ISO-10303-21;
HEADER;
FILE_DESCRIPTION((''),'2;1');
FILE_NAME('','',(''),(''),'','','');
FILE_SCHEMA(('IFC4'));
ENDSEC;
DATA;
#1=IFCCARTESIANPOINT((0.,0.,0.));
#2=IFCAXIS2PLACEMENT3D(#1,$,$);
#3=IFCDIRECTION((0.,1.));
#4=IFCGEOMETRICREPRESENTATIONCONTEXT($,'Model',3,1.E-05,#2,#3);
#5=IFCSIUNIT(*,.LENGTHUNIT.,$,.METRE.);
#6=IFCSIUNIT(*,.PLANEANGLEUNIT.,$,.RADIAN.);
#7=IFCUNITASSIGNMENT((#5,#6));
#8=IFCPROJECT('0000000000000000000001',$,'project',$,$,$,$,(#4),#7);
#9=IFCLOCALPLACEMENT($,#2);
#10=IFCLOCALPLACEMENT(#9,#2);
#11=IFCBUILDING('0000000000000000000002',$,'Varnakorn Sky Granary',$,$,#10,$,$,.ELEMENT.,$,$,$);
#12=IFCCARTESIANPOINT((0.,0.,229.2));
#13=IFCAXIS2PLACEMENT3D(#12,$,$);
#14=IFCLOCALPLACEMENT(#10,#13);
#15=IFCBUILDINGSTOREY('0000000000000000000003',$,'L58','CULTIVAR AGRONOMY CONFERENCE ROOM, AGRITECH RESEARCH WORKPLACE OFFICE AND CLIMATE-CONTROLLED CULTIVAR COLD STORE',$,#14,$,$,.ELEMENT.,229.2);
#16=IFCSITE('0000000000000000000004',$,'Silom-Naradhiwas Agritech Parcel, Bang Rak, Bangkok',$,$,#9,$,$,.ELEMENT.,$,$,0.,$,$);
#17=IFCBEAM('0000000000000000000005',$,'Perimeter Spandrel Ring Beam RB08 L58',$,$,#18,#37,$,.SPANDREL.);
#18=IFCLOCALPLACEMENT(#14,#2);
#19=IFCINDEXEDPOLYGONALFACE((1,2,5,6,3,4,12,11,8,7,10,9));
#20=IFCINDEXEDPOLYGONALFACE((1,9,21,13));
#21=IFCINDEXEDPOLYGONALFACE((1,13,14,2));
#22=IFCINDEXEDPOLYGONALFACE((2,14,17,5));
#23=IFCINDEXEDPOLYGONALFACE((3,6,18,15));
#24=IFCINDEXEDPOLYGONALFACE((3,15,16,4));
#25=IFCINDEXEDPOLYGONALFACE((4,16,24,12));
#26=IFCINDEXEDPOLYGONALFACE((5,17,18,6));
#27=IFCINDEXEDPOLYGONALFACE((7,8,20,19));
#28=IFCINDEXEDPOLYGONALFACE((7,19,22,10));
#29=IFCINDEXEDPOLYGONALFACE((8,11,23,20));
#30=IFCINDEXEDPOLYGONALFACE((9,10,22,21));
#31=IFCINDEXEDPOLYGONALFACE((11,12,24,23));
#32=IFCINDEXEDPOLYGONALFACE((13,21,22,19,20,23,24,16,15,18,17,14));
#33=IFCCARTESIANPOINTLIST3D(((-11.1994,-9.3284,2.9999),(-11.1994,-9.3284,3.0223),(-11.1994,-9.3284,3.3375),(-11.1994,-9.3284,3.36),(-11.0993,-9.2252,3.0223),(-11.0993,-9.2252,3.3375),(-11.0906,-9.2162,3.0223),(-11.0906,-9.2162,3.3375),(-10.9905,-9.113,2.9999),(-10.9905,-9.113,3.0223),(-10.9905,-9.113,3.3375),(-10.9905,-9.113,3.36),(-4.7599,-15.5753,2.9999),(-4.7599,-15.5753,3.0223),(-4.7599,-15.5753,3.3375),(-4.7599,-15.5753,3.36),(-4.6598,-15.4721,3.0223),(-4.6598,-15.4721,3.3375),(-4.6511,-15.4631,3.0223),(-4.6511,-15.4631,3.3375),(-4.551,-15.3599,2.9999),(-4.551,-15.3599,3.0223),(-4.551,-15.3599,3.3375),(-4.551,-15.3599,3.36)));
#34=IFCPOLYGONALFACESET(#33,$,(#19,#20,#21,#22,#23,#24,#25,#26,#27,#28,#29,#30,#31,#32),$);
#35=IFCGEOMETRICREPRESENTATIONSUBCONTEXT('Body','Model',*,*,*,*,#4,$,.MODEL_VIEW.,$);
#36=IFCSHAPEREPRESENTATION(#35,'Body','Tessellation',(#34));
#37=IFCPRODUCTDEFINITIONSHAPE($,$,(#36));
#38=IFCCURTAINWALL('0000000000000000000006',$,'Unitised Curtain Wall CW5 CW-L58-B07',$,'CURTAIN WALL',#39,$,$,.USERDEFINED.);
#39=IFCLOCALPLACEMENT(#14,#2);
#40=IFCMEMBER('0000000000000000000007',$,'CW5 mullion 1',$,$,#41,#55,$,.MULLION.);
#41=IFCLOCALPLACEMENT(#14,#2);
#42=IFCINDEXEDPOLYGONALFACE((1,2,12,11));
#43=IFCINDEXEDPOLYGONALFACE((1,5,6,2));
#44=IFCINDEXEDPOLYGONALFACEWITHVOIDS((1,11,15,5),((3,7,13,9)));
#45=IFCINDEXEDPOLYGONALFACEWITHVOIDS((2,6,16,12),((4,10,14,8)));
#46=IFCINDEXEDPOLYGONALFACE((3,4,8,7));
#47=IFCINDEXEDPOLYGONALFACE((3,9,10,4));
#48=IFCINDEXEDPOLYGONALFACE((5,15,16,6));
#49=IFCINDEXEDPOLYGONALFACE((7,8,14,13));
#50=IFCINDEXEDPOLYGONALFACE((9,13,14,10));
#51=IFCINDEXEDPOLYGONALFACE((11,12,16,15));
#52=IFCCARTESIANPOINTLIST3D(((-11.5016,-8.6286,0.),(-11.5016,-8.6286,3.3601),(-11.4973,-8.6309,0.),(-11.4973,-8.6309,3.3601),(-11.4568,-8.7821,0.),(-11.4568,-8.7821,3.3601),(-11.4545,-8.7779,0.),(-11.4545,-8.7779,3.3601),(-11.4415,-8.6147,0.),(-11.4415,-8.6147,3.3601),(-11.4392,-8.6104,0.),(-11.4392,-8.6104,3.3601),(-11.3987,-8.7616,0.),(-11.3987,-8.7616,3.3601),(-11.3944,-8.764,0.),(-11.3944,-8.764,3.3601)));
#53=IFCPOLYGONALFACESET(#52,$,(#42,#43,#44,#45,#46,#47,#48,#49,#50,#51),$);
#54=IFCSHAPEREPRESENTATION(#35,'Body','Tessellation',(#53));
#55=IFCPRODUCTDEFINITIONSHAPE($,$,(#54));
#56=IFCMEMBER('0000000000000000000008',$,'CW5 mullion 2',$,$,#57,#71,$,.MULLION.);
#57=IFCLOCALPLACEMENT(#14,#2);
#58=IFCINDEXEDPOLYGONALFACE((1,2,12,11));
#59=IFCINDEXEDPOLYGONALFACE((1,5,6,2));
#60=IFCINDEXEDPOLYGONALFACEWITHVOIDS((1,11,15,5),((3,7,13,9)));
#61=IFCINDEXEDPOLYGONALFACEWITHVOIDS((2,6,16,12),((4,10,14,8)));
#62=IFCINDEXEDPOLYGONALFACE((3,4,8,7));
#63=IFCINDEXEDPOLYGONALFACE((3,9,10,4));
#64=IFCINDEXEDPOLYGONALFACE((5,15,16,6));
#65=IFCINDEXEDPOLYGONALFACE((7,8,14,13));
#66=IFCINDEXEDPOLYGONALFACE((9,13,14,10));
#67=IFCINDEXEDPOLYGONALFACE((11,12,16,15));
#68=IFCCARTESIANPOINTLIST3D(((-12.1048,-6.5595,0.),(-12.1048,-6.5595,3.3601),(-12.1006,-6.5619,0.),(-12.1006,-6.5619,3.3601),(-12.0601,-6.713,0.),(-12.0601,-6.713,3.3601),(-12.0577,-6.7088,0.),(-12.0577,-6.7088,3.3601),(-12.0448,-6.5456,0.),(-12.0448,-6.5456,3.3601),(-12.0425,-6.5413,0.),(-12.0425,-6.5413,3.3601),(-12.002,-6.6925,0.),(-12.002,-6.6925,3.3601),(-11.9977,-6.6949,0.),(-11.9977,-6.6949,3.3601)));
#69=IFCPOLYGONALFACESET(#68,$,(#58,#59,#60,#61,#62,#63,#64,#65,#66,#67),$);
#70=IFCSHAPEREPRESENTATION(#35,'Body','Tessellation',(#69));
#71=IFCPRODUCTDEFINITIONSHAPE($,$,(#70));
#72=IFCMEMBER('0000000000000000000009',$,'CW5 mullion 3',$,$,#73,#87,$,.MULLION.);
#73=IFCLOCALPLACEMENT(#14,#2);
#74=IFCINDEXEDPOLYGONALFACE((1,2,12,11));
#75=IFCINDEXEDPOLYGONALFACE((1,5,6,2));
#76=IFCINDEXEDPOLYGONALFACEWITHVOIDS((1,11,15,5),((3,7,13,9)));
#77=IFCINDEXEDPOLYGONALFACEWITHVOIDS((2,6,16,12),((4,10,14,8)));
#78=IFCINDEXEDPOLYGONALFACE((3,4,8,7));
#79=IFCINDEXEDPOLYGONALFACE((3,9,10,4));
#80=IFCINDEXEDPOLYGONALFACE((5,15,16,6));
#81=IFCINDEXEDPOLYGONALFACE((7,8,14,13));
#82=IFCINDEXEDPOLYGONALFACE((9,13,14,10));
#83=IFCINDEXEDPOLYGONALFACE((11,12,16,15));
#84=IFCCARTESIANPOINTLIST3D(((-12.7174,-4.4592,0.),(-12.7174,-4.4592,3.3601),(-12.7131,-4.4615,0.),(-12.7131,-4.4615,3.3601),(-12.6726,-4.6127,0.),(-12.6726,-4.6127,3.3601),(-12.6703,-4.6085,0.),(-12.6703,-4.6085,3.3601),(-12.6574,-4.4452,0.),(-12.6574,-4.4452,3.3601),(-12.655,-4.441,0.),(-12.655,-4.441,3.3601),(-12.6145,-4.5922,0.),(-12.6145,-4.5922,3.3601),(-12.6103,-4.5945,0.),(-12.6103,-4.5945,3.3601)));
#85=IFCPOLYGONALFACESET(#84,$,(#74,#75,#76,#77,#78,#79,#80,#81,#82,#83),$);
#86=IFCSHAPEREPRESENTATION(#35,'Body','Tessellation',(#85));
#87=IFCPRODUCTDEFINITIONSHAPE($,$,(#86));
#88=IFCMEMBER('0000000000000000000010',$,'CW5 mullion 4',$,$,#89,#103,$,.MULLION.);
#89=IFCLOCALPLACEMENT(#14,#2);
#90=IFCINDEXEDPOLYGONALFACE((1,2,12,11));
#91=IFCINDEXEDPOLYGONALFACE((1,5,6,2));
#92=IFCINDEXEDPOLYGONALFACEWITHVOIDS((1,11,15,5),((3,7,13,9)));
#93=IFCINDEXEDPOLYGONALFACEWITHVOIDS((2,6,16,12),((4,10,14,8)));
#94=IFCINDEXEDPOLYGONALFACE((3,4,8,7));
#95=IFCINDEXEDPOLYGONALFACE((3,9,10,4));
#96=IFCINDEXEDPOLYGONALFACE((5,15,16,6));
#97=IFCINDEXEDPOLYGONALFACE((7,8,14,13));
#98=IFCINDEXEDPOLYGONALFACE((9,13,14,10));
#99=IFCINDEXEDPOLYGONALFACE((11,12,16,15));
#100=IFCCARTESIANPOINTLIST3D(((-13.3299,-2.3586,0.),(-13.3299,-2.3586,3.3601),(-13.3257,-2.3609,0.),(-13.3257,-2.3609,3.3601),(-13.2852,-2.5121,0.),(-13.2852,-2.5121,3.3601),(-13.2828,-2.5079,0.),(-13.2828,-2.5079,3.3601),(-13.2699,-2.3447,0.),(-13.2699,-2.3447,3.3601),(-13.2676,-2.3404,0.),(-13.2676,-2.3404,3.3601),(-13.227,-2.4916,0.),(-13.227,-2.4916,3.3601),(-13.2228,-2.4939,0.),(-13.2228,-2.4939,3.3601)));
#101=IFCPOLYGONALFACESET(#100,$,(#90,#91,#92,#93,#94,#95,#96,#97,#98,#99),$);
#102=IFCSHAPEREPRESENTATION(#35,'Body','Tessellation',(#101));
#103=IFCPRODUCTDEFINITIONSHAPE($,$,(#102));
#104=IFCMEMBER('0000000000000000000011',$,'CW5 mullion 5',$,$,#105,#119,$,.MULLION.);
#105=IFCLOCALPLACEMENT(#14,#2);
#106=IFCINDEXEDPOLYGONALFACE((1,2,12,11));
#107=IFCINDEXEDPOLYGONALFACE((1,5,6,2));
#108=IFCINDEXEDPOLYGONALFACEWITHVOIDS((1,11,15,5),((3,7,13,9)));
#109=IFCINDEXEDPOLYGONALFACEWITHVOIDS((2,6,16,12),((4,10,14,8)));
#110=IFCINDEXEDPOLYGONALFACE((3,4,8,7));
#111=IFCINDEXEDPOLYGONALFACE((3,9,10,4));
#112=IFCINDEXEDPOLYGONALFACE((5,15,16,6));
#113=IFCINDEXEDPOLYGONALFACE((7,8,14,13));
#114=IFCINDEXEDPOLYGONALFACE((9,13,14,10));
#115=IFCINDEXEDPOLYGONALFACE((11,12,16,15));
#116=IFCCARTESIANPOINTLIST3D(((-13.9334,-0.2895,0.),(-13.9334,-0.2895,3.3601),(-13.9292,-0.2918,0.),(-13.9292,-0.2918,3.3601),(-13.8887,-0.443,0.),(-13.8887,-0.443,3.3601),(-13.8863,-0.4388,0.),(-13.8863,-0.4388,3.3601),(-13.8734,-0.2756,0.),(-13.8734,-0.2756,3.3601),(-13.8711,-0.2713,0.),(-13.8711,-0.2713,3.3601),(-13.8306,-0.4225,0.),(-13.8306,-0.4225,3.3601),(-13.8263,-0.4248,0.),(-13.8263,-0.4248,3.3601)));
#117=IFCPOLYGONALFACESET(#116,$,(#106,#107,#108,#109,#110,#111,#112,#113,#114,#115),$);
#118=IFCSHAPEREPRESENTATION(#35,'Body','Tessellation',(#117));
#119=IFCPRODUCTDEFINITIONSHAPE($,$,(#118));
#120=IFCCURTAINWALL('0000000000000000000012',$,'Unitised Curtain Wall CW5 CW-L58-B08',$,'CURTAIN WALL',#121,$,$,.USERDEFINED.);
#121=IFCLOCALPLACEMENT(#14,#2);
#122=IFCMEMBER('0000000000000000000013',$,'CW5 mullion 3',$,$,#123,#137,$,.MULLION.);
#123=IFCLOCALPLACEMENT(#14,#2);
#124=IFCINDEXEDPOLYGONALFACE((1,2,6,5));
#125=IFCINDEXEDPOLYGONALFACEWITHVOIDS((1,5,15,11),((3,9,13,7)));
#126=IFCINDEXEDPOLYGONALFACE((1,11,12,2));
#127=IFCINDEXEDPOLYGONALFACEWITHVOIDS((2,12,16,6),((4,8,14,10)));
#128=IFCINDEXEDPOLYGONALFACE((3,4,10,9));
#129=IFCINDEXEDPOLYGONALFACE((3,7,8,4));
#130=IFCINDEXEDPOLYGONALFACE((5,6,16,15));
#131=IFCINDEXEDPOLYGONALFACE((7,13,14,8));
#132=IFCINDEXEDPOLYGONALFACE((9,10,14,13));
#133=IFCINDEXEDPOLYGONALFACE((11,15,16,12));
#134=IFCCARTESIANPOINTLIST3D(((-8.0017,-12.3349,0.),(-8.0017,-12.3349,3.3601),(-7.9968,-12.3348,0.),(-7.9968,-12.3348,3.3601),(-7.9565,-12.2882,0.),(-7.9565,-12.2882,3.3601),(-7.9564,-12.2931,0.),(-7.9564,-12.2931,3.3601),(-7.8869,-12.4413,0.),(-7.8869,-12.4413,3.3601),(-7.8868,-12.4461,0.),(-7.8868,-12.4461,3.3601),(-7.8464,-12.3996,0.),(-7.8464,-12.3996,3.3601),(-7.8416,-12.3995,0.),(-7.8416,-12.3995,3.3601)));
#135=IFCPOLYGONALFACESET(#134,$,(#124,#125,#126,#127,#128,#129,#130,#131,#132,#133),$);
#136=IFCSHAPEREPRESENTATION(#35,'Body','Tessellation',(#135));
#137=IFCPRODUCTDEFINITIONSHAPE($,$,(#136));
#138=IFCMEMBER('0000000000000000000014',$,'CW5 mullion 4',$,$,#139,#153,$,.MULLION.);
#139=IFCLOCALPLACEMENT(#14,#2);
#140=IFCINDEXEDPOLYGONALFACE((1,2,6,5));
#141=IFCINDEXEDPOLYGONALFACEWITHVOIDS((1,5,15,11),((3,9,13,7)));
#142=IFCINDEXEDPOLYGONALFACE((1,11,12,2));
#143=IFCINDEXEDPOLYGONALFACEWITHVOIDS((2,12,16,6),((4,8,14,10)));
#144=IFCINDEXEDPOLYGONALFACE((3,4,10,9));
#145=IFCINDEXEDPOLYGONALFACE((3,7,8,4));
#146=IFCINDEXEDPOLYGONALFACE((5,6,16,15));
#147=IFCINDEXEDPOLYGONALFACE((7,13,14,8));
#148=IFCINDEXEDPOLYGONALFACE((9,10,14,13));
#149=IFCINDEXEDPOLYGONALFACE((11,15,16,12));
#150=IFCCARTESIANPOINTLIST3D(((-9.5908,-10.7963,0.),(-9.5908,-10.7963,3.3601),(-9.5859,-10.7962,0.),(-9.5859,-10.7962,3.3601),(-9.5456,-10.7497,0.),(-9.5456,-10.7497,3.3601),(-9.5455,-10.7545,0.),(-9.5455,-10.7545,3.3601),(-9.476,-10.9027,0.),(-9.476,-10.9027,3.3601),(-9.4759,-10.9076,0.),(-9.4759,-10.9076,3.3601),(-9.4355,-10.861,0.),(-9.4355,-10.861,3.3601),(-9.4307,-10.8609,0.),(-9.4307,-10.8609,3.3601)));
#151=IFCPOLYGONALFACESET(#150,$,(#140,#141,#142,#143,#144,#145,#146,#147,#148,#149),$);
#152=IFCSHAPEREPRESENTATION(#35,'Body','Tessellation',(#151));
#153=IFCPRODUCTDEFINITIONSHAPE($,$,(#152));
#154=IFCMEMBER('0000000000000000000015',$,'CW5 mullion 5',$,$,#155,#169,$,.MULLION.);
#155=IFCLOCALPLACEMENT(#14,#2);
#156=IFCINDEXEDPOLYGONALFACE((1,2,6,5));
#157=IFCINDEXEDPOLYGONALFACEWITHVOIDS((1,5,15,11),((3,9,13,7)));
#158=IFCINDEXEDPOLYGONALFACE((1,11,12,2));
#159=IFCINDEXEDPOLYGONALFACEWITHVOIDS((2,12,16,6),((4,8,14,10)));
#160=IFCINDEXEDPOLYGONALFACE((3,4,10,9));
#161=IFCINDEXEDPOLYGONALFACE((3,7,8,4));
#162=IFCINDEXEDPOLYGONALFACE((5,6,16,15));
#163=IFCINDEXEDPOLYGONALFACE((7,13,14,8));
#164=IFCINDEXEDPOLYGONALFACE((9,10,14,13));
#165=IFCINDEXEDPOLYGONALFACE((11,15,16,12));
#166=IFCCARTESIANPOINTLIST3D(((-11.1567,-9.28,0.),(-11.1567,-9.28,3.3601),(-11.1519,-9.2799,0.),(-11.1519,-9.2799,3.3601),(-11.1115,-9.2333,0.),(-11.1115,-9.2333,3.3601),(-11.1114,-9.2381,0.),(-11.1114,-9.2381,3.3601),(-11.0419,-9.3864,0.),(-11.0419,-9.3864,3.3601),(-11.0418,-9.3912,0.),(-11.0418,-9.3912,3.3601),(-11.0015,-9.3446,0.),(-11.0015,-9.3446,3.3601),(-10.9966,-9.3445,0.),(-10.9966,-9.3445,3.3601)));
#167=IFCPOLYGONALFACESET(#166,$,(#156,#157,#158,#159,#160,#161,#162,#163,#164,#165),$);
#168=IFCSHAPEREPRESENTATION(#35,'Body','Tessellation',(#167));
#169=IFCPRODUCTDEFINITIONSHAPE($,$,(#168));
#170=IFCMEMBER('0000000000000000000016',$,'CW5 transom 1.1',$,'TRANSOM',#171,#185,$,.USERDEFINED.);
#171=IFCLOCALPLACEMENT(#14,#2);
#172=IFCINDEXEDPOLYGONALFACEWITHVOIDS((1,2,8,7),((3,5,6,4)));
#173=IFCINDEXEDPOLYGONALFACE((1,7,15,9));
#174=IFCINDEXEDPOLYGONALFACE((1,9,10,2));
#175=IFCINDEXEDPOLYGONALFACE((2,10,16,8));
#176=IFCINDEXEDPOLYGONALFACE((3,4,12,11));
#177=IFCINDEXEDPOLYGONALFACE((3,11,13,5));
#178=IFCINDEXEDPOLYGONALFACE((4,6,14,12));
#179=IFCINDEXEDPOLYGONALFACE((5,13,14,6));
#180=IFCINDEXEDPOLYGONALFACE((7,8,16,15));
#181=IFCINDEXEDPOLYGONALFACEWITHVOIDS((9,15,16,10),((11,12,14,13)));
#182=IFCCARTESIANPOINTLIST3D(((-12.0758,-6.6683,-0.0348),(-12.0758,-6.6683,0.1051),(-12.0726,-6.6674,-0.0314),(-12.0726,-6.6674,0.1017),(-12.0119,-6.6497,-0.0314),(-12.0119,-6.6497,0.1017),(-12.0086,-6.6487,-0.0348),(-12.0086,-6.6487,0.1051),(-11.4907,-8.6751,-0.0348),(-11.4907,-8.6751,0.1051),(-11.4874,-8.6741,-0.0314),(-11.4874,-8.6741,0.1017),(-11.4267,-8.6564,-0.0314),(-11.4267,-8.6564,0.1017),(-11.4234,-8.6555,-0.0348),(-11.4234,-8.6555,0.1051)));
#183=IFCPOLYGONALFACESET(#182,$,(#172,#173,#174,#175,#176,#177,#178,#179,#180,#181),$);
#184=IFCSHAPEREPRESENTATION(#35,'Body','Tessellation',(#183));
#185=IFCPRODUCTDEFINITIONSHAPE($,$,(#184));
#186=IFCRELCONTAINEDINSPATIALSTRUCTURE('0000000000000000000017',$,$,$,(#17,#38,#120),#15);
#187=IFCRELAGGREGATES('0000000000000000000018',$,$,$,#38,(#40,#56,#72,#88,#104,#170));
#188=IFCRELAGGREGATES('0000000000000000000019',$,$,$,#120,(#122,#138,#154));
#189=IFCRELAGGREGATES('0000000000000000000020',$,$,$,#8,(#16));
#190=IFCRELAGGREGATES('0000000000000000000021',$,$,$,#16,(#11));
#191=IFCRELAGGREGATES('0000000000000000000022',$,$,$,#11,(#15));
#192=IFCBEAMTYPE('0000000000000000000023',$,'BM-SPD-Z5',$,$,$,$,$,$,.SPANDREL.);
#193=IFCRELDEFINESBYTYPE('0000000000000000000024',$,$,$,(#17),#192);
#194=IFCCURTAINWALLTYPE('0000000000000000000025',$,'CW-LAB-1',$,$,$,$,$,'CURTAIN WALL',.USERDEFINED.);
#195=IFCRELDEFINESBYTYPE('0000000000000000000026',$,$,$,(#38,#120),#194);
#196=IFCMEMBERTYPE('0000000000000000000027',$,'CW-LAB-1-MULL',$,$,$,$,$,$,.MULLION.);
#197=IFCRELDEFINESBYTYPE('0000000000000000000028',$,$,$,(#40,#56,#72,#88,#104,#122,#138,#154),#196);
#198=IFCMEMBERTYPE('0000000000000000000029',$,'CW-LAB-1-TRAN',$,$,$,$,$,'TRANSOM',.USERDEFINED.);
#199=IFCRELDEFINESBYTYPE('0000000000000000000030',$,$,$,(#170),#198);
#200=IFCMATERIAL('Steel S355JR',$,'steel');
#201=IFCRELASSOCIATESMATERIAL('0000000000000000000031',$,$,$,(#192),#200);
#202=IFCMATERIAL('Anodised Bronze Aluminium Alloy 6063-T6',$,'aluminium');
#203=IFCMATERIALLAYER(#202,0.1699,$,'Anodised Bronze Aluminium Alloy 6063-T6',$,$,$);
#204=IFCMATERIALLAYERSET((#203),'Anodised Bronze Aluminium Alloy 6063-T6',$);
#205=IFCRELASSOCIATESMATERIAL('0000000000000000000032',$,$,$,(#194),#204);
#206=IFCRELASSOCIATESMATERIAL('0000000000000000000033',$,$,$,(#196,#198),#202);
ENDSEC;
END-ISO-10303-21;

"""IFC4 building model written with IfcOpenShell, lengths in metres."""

from ifc_helpers import new_model, si_unit, direction, frame, origin, origin_2d, place, context, subcontext, project, spatial, hollow_rectangle, i_section, extrude, material, layer, layer_set, material_profile, profile_set, type_object, element, aggregate, save


model = new_model("IFC4")

# Units and contexts
model_context = context("Model", 3, precision=1e-05, world=origin(), true_north=direction((0.0, 1.0)))
body_context = subcontext(model_context, "Body", "Model", "MODEL_VIEW")
ifc_project = project(units=[si_unit("LENGTHUNIT", "METRE"), si_unit("PLANEANGLEUNIT", "RADIAN")], contexts=[model_context])

# Site, building, storey
site_placement = place(None, origin())
site = spatial("IfcSite", under=ifc_project, at=site_placement, Name="Silom-Naradhiwas Agritech Parcel, Bang Rak, Bangkok", CompositionType="ELEMENT", RefElevation=0.0)
building_placement = place(site_placement, origin())
building = spatial("IfcBuilding", under=site, at=building_placement, Name="Varnakorn Sky Granary", CompositionType="ELEMENT")
storey_placement = place(building_placement, frame((0.0, 0.0, 229.2)))
storey = spatial("IfcBuildingStorey", under=building, at=storey_placement, Name="L58", Description="CULTIVAR AGRONOMY CONFERENCE ROOM, AGRITECH RESEARCH WORKPLACE OFFICE AND CLIMATE-CONTROLLED CULTIVAR COLD STORE", CompositionType="ELEMENT", Elevation=229.2)

# Beam
ifc_material_1 = material(Name="Steel S355JR", Category="steel")
ifc_material_profile_1 = material_profile(ifc_material_1, i_section(OverallWidth=0.3, OverallDepth=0.3601, WebThickness=0.0125, FlangeThickness=0.0225, at=origin_2d()), Name="HE 360 B")
ifc_profile_set_1 = profile_set([ifc_material_profile_1], Name="Steel S355JR")
beam_type_1 = type_object("IfcBeamType", Name="BM-SPD-Z5", PredefinedType="SPANDREL", material=ifc_profile_set_1)
beam_1_placement = place(storey_placement, frame((-11.095, -9.2207, 3.1799), z_axis=(0.717761, -0.69629, 0.0), x_axis=(0.69629, 0.717761, 0.0)))
element("IfcBeam", 1, at=beam_1_placement, inside=storey, type_object=beam_type_1, Name="Perimeter Spandrel Ring Beam RB08 L58", PredefinedType="SPANDREL", context=body_context, shape_type="SweptSolid", body=[
    extrude(i_section(OverallWidth=0.3, OverallDepth=0.3601, WebThickness=0.0125, FlangeThickness=0.0225, at=origin_2d()), origin(), (0.0, 0.0, 1.0), 8.9717),
])

# Curtain walls, members
ifc_material_2 = material(Name="Anodised Bronze Aluminium Alloy 6063-T6", Category="aluminium")
ifc_layer_1 = layer(ifc_material_2, 0.1699, Name="Anodised Bronze Aluminium Alloy 6063-T6")
ifc_layer_set_1 = layer_set([ifc_layer_1], Name="Anodised Bronze Aluminium Alloy 6063-T6")
curtain_wall_type = type_object("IfcCurtainWallType", Name="CW-LAB-1", ElementType="CURTAIN WALL", PredefinedType="USERDEFINED", material=ifc_layer_set_1)
curtain_wall_1_placement = place(storey_placement, origin())
curtain_wall_1 = element("IfcCurtainWall", 2, at=curtain_wall_1_placement, inside=storey, type_object=curtain_wall_type, Name="Unitised Curtain Wall CW5 CW-L58-B07", ObjectType="CURTAIN WALL", PredefinedType="USERDEFINED")
ifc_material_profile_2 = material_profile(ifc_material_2, hollow_rectangle(XDim=0.0649, YDim=0.1599, WallThickness=0.0034, at=origin_2d()), Name="ALU MULL 65x160")
ifc_profile_set_2 = profile_set([ifc_material_profile_2], Name="Anodised Bronze Aluminium Alloy 6063-T6")
member_type_1 = type_object("IfcMemberType", Name="CW-LAB-1-MULL", PredefinedType="MULLION", material=ifc_profile_set_2)
member_1_placement = place(storey_placement, frame((-11.448, -8.6963, 0.0), z_axis=(0.0, 0.0, 1.0), x_axis=(-0.960009, -0.279969, 0.0)))
member_1 = element("IfcMember", 3, at=member_1_placement, type_object=member_type_1, Name="CW5 mullion 1", PredefinedType="MULLION", context=body_context, shape_type="SweptSolid", body=[
    extrude(hollow_rectangle(XDim=0.0649, YDim=0.1599, WallThickness=0.0034, at=origin_2d()), origin(), (0.0, 0.0, 1.0), 3.3601),
])
member_2_placement = place(storey_placement, frame((-12.0513, -6.6272, 0.0), z_axis=(0.0, 0.0, 1.0), x_axis=(-0.960009, -0.279969, 0.0)))
member_2 = element("IfcMember", 4, at=member_2_placement, type_object=member_type_1, Name="CW5 mullion 2", PredefinedType="MULLION", context=body_context, shape_type="SweptSolid", body=[
    extrude(hollow_rectangle(XDim=0.0649, YDim=0.1599, WallThickness=0.0034, at=origin_2d()), origin(), (0.0, 0.0, 1.0), 3.3601),
])
member_3_placement = place(storey_placement, frame((-12.6638, -4.5269, 0.0), z_axis=(0.0, 0.0, 1.0), x_axis=(-0.960009, -0.279969, 0.0)))
member_3 = element("IfcMember", 5, at=member_3_placement, type_object=member_type_1, Name="CW5 mullion 3", PredefinedType="MULLION", context=body_context, shape_type="SweptSolid", body=[
    extrude(hollow_rectangle(XDim=0.0649, YDim=0.1599, WallThickness=0.0034, at=origin_2d()), origin(), (0.0, 0.0, 1.0), 3.3601),
])
member_4_placement = place(storey_placement, frame((-13.2764, -2.4263, 0.0), z_axis=(0.0, 0.0, 1.0), x_axis=(-0.960009, -0.279969, 0.0)))
member_4 = element("IfcMember", 6, at=member_4_placement, type_object=member_type_1, Name="CW5 mullion 4", PredefinedType="MULLION", context=body_context, shape_type="SweptSolid", body=[
    extrude(hollow_rectangle(XDim=0.0649, YDim=0.1599, WallThickness=0.0034, at=origin_2d()), origin(), (0.0, 0.0, 1.0), 3.3601),
])
member_5_placement = place(storey_placement, frame((-13.8799, -0.3572, 0.0), z_axis=(0.0, 0.0, 1.0), x_axis=(-0.960009, -0.279969, 0.0)))
member_5 = element("IfcMember", 7, at=member_5_placement, type_object=member_type_1, Name="CW5 mullion 5", PredefinedType="MULLION", context=body_context, shape_type="SweptSolid", body=[
    extrude(hollow_rectangle(XDim=0.0649, YDim=0.1599, WallThickness=0.0034, at=origin_2d()), origin(), (0.0, 0.0, 1.0), 3.3601),
])
curtain_wall_2_placement = place(storey_placement, origin())
curtain_wall_2 = element("IfcCurtainWall", 8, at=curtain_wall_2_placement, inside=storey, type_object=curtain_wall_type, Name="Unitised Curtain Wall CW5 CW-L58-B08", ObjectType="CURTAIN WALL", PredefinedType="USERDEFINED")
member_6_placement = place(storey_placement, frame((-7.9216, -12.3672, 0.0), z_axis=(0.0, 0.0, 1.0), x_axis=(-0.69564, -0.71839, 0.0)))
member_6 = element("IfcMember", 9, at=member_6_placement, type_object=member_type_1, Name="CW5 mullion 3", PredefinedType="MULLION", context=body_context, shape_type="SweptSolid", body=[
    extrude(hollow_rectangle(XDim=0.0649, YDim=0.1599, WallThickness=0.0034, at=origin_2d()), origin(), (0.0, 0.0, 1.0), 3.3601),
])
member_7_placement = place(storey_placement, frame((-9.5107, -10.8286, 0.0), z_axis=(0.0, 0.0, 1.0), x_axis=(-0.69564, -0.71839, 0.0)))
member_7 = element("IfcMember", 10, at=member_7_placement, type_object=member_type_1, Name="CW5 mullion 4", PredefinedType="MULLION", context=body_context, shape_type="SweptSolid", body=[
    extrude(hollow_rectangle(XDim=0.0649, YDim=0.1599, WallThickness=0.0034, at=origin_2d()), origin(), (0.0, 0.0, 1.0), 3.3601),
])
member_8_placement = place(storey_placement, frame((-11.0767, -9.3123, 0.0), z_axis=(0.0, 0.0, 1.0), x_axis=(-0.69564, -0.71839, 0.0)))
member_8 = element("IfcMember", 11, at=member_8_placement, type_object=member_type_1, Name="CW5 mullion 5", PredefinedType="MULLION", context=body_context, shape_type="SweptSolid", body=[
    extrude(hollow_rectangle(XDim=0.0649, YDim=0.1599, WallThickness=0.0034, at=origin_2d()), origin(), (0.0, 0.0, 1.0), 3.3601),
])

# Member
ifc_material_profile_3 = material_profile(ifc_material_2, hollow_rectangle(XDim=0.0701, YDim=0.1399, WallThickness=0.0034, at=origin_2d()), Name="ALU TRAN 70x140")
ifc_profile_set_3 = profile_set([ifc_material_profile_3], Name="Anodised Bronze Aluminium Alloy 6063-T6")
member_type_2 = type_object("IfcMemberType", Name="CW-LAB-1-TRAN", ElementType="TRANSOM", PredefinedType="USERDEFINED", material=ifc_profile_set_3)
member_9_placement = place(storey_placement, frame((-11.457, -8.6653, 0.0352), z_axis=(-0.279946, 0.960016, 0.0), x_axis=(-0.960016, -0.279946, 0.0)))
member_9 = element("IfcMember", 12, at=member_9_placement, type_object=member_type_2, Name="CW5 transom 1.1", ObjectType="TRANSOM", PredefinedType="USERDEFINED", context=body_context, shape_type="SweptSolid", body=[
    extrude(hollow_rectangle(XDim=0.0701, YDim=0.1399, WallThickness=0.0034, at=origin_2d()), origin(), (0.0, 0.0, 1.0), 2.0903),
])

aggregate(curtain_wall_1, [member_1, member_2, member_3, member_4, member_5, member_9])
aggregate(curtain_wall_2, [member_6, member_7, member_8])

save(model, "model.ifc")
